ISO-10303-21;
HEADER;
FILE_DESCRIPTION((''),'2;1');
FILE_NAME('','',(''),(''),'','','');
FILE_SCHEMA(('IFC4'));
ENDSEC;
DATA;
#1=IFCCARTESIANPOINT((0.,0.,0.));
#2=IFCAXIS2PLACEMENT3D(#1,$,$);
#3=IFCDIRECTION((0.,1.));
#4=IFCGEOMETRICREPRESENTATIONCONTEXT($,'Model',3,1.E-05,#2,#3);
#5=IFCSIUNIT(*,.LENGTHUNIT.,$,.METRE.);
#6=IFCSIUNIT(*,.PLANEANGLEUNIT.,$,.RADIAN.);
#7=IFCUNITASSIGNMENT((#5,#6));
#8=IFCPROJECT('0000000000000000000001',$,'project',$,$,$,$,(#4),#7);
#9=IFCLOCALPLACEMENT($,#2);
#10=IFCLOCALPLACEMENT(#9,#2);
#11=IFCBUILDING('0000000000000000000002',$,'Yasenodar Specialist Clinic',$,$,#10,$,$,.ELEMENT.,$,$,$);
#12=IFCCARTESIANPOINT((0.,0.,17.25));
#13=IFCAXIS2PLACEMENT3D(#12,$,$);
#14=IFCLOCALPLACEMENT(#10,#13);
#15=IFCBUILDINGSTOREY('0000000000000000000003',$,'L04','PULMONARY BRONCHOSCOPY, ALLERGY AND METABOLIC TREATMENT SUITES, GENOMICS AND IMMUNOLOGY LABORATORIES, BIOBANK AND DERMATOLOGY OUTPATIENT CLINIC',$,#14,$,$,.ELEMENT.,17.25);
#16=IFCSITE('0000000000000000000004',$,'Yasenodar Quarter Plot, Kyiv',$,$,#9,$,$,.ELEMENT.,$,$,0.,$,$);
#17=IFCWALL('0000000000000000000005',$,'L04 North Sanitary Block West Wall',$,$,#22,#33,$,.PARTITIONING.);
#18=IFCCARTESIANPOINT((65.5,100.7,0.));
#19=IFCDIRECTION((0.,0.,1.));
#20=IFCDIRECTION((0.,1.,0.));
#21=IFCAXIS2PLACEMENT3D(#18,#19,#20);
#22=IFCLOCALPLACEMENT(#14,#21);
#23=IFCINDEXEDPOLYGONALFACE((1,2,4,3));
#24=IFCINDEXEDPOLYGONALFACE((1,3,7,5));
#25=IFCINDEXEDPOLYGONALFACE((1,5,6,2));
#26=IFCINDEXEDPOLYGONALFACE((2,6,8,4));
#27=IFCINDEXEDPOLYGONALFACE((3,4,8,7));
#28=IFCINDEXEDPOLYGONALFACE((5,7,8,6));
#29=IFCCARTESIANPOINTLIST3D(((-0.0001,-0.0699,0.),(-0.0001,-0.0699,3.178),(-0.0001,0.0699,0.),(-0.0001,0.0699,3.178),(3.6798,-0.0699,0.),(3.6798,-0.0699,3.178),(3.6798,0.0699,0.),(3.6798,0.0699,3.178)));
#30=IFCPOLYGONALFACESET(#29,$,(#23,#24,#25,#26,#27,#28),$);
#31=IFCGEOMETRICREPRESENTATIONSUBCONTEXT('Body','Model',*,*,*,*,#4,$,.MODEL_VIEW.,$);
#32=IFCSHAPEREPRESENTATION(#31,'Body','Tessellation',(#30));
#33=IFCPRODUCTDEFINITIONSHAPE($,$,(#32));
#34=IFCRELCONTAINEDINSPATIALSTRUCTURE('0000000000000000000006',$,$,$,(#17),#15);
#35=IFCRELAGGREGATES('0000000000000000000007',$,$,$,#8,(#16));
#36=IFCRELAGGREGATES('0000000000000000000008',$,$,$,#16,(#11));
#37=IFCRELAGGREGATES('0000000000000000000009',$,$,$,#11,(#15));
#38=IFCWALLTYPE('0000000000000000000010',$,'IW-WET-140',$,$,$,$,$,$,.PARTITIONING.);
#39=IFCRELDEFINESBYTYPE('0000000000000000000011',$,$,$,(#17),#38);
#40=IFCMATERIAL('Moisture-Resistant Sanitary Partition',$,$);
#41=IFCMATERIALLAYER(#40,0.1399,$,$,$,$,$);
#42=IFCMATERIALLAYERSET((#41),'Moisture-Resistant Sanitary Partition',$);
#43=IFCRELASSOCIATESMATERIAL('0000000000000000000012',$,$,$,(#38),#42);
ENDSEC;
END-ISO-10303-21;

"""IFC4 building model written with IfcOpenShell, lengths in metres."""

from ifc_helpers import new_model, si_unit, direction, frame, frame_2d, origin, place, context, subcontext, project, spatial, rectangle, extrude, material, layer, layer_set, type_object, element, save


model = new_model("IFC4")

# Units and contexts
model_context = context("Model", 3, precision=1e-05, world=origin(), true_north=direction((0.0, 1.0)))
body_context = subcontext(model_context, "Body", "Model", "MODEL_VIEW")
ifc_project = project(units=[si_unit("LENGTHUNIT", "METRE"), si_unit("PLANEANGLEUNIT", "RADIAN")], contexts=[model_context])

# Site, building, storey
site_placement = place(None, origin())
site = spatial("IfcSite", under=ifc_project, at=site_placement, Name="Yasenodar Quarter Plot, Kyiv", CompositionType="ELEMENT", RefElevation=0.0)
building_placement = place(site_placement, origin())
building = spatial("IfcBuilding", under=site, at=building_placement, Name="Yasenodar Specialist Clinic", CompositionType="ELEMENT")
storey_placement = place(building_placement, frame((0.0, 0.0, 17.25)))
storey = spatial("IfcBuildingStorey", under=building, at=storey_placement, Name="L04", Description="PULMONARY BRONCHOSCOPY, ALLERGY AND METABOLIC TREATMENT SUITES, GENOMICS AND IMMUNOLOGY LABORATORIES, BIOBANK AND DERMATOLOGY OUTPATIENT CLINIC", CompositionType="ELEMENT", Elevation=17.25)

# Wall
ifc_material_1 = material(Name="Moisture-Resistant Sanitary Partition")
ifc_layer_1 = layer(ifc_material_1, 0.1399)
ifc_layer_set_1 = layer_set([ifc_layer_1], Name="Moisture-Resistant Sanitary Partition")
wall_type_1 = type_object("IfcWallType", Name="IW-WET-140", PredefinedType="PARTITIONING", material=ifc_layer_set_1)
wall_1_placement = place(storey_placement, frame((65.5, 100.7, 0.0), z_axis=(0.0, 0.0, 1.0), x_axis=(0.0, 1.0, 0.0)))
element("IfcWall", 1, at=wall_1_placement, inside=storey, type_object=wall_type_1, Name="L04 North Sanitary Block West Wall", PredefinedType="PARTITIONING", context=body_context, shape_type="SweptSolid", body=[
    extrude(rectangle(XDim=3.6799, YDim=0.1399, at=frame_2d((1.8398, 0.0))), origin(), (0.0, 0.0, 1.0), 3.178),
])

save(model, "model.ifc")
